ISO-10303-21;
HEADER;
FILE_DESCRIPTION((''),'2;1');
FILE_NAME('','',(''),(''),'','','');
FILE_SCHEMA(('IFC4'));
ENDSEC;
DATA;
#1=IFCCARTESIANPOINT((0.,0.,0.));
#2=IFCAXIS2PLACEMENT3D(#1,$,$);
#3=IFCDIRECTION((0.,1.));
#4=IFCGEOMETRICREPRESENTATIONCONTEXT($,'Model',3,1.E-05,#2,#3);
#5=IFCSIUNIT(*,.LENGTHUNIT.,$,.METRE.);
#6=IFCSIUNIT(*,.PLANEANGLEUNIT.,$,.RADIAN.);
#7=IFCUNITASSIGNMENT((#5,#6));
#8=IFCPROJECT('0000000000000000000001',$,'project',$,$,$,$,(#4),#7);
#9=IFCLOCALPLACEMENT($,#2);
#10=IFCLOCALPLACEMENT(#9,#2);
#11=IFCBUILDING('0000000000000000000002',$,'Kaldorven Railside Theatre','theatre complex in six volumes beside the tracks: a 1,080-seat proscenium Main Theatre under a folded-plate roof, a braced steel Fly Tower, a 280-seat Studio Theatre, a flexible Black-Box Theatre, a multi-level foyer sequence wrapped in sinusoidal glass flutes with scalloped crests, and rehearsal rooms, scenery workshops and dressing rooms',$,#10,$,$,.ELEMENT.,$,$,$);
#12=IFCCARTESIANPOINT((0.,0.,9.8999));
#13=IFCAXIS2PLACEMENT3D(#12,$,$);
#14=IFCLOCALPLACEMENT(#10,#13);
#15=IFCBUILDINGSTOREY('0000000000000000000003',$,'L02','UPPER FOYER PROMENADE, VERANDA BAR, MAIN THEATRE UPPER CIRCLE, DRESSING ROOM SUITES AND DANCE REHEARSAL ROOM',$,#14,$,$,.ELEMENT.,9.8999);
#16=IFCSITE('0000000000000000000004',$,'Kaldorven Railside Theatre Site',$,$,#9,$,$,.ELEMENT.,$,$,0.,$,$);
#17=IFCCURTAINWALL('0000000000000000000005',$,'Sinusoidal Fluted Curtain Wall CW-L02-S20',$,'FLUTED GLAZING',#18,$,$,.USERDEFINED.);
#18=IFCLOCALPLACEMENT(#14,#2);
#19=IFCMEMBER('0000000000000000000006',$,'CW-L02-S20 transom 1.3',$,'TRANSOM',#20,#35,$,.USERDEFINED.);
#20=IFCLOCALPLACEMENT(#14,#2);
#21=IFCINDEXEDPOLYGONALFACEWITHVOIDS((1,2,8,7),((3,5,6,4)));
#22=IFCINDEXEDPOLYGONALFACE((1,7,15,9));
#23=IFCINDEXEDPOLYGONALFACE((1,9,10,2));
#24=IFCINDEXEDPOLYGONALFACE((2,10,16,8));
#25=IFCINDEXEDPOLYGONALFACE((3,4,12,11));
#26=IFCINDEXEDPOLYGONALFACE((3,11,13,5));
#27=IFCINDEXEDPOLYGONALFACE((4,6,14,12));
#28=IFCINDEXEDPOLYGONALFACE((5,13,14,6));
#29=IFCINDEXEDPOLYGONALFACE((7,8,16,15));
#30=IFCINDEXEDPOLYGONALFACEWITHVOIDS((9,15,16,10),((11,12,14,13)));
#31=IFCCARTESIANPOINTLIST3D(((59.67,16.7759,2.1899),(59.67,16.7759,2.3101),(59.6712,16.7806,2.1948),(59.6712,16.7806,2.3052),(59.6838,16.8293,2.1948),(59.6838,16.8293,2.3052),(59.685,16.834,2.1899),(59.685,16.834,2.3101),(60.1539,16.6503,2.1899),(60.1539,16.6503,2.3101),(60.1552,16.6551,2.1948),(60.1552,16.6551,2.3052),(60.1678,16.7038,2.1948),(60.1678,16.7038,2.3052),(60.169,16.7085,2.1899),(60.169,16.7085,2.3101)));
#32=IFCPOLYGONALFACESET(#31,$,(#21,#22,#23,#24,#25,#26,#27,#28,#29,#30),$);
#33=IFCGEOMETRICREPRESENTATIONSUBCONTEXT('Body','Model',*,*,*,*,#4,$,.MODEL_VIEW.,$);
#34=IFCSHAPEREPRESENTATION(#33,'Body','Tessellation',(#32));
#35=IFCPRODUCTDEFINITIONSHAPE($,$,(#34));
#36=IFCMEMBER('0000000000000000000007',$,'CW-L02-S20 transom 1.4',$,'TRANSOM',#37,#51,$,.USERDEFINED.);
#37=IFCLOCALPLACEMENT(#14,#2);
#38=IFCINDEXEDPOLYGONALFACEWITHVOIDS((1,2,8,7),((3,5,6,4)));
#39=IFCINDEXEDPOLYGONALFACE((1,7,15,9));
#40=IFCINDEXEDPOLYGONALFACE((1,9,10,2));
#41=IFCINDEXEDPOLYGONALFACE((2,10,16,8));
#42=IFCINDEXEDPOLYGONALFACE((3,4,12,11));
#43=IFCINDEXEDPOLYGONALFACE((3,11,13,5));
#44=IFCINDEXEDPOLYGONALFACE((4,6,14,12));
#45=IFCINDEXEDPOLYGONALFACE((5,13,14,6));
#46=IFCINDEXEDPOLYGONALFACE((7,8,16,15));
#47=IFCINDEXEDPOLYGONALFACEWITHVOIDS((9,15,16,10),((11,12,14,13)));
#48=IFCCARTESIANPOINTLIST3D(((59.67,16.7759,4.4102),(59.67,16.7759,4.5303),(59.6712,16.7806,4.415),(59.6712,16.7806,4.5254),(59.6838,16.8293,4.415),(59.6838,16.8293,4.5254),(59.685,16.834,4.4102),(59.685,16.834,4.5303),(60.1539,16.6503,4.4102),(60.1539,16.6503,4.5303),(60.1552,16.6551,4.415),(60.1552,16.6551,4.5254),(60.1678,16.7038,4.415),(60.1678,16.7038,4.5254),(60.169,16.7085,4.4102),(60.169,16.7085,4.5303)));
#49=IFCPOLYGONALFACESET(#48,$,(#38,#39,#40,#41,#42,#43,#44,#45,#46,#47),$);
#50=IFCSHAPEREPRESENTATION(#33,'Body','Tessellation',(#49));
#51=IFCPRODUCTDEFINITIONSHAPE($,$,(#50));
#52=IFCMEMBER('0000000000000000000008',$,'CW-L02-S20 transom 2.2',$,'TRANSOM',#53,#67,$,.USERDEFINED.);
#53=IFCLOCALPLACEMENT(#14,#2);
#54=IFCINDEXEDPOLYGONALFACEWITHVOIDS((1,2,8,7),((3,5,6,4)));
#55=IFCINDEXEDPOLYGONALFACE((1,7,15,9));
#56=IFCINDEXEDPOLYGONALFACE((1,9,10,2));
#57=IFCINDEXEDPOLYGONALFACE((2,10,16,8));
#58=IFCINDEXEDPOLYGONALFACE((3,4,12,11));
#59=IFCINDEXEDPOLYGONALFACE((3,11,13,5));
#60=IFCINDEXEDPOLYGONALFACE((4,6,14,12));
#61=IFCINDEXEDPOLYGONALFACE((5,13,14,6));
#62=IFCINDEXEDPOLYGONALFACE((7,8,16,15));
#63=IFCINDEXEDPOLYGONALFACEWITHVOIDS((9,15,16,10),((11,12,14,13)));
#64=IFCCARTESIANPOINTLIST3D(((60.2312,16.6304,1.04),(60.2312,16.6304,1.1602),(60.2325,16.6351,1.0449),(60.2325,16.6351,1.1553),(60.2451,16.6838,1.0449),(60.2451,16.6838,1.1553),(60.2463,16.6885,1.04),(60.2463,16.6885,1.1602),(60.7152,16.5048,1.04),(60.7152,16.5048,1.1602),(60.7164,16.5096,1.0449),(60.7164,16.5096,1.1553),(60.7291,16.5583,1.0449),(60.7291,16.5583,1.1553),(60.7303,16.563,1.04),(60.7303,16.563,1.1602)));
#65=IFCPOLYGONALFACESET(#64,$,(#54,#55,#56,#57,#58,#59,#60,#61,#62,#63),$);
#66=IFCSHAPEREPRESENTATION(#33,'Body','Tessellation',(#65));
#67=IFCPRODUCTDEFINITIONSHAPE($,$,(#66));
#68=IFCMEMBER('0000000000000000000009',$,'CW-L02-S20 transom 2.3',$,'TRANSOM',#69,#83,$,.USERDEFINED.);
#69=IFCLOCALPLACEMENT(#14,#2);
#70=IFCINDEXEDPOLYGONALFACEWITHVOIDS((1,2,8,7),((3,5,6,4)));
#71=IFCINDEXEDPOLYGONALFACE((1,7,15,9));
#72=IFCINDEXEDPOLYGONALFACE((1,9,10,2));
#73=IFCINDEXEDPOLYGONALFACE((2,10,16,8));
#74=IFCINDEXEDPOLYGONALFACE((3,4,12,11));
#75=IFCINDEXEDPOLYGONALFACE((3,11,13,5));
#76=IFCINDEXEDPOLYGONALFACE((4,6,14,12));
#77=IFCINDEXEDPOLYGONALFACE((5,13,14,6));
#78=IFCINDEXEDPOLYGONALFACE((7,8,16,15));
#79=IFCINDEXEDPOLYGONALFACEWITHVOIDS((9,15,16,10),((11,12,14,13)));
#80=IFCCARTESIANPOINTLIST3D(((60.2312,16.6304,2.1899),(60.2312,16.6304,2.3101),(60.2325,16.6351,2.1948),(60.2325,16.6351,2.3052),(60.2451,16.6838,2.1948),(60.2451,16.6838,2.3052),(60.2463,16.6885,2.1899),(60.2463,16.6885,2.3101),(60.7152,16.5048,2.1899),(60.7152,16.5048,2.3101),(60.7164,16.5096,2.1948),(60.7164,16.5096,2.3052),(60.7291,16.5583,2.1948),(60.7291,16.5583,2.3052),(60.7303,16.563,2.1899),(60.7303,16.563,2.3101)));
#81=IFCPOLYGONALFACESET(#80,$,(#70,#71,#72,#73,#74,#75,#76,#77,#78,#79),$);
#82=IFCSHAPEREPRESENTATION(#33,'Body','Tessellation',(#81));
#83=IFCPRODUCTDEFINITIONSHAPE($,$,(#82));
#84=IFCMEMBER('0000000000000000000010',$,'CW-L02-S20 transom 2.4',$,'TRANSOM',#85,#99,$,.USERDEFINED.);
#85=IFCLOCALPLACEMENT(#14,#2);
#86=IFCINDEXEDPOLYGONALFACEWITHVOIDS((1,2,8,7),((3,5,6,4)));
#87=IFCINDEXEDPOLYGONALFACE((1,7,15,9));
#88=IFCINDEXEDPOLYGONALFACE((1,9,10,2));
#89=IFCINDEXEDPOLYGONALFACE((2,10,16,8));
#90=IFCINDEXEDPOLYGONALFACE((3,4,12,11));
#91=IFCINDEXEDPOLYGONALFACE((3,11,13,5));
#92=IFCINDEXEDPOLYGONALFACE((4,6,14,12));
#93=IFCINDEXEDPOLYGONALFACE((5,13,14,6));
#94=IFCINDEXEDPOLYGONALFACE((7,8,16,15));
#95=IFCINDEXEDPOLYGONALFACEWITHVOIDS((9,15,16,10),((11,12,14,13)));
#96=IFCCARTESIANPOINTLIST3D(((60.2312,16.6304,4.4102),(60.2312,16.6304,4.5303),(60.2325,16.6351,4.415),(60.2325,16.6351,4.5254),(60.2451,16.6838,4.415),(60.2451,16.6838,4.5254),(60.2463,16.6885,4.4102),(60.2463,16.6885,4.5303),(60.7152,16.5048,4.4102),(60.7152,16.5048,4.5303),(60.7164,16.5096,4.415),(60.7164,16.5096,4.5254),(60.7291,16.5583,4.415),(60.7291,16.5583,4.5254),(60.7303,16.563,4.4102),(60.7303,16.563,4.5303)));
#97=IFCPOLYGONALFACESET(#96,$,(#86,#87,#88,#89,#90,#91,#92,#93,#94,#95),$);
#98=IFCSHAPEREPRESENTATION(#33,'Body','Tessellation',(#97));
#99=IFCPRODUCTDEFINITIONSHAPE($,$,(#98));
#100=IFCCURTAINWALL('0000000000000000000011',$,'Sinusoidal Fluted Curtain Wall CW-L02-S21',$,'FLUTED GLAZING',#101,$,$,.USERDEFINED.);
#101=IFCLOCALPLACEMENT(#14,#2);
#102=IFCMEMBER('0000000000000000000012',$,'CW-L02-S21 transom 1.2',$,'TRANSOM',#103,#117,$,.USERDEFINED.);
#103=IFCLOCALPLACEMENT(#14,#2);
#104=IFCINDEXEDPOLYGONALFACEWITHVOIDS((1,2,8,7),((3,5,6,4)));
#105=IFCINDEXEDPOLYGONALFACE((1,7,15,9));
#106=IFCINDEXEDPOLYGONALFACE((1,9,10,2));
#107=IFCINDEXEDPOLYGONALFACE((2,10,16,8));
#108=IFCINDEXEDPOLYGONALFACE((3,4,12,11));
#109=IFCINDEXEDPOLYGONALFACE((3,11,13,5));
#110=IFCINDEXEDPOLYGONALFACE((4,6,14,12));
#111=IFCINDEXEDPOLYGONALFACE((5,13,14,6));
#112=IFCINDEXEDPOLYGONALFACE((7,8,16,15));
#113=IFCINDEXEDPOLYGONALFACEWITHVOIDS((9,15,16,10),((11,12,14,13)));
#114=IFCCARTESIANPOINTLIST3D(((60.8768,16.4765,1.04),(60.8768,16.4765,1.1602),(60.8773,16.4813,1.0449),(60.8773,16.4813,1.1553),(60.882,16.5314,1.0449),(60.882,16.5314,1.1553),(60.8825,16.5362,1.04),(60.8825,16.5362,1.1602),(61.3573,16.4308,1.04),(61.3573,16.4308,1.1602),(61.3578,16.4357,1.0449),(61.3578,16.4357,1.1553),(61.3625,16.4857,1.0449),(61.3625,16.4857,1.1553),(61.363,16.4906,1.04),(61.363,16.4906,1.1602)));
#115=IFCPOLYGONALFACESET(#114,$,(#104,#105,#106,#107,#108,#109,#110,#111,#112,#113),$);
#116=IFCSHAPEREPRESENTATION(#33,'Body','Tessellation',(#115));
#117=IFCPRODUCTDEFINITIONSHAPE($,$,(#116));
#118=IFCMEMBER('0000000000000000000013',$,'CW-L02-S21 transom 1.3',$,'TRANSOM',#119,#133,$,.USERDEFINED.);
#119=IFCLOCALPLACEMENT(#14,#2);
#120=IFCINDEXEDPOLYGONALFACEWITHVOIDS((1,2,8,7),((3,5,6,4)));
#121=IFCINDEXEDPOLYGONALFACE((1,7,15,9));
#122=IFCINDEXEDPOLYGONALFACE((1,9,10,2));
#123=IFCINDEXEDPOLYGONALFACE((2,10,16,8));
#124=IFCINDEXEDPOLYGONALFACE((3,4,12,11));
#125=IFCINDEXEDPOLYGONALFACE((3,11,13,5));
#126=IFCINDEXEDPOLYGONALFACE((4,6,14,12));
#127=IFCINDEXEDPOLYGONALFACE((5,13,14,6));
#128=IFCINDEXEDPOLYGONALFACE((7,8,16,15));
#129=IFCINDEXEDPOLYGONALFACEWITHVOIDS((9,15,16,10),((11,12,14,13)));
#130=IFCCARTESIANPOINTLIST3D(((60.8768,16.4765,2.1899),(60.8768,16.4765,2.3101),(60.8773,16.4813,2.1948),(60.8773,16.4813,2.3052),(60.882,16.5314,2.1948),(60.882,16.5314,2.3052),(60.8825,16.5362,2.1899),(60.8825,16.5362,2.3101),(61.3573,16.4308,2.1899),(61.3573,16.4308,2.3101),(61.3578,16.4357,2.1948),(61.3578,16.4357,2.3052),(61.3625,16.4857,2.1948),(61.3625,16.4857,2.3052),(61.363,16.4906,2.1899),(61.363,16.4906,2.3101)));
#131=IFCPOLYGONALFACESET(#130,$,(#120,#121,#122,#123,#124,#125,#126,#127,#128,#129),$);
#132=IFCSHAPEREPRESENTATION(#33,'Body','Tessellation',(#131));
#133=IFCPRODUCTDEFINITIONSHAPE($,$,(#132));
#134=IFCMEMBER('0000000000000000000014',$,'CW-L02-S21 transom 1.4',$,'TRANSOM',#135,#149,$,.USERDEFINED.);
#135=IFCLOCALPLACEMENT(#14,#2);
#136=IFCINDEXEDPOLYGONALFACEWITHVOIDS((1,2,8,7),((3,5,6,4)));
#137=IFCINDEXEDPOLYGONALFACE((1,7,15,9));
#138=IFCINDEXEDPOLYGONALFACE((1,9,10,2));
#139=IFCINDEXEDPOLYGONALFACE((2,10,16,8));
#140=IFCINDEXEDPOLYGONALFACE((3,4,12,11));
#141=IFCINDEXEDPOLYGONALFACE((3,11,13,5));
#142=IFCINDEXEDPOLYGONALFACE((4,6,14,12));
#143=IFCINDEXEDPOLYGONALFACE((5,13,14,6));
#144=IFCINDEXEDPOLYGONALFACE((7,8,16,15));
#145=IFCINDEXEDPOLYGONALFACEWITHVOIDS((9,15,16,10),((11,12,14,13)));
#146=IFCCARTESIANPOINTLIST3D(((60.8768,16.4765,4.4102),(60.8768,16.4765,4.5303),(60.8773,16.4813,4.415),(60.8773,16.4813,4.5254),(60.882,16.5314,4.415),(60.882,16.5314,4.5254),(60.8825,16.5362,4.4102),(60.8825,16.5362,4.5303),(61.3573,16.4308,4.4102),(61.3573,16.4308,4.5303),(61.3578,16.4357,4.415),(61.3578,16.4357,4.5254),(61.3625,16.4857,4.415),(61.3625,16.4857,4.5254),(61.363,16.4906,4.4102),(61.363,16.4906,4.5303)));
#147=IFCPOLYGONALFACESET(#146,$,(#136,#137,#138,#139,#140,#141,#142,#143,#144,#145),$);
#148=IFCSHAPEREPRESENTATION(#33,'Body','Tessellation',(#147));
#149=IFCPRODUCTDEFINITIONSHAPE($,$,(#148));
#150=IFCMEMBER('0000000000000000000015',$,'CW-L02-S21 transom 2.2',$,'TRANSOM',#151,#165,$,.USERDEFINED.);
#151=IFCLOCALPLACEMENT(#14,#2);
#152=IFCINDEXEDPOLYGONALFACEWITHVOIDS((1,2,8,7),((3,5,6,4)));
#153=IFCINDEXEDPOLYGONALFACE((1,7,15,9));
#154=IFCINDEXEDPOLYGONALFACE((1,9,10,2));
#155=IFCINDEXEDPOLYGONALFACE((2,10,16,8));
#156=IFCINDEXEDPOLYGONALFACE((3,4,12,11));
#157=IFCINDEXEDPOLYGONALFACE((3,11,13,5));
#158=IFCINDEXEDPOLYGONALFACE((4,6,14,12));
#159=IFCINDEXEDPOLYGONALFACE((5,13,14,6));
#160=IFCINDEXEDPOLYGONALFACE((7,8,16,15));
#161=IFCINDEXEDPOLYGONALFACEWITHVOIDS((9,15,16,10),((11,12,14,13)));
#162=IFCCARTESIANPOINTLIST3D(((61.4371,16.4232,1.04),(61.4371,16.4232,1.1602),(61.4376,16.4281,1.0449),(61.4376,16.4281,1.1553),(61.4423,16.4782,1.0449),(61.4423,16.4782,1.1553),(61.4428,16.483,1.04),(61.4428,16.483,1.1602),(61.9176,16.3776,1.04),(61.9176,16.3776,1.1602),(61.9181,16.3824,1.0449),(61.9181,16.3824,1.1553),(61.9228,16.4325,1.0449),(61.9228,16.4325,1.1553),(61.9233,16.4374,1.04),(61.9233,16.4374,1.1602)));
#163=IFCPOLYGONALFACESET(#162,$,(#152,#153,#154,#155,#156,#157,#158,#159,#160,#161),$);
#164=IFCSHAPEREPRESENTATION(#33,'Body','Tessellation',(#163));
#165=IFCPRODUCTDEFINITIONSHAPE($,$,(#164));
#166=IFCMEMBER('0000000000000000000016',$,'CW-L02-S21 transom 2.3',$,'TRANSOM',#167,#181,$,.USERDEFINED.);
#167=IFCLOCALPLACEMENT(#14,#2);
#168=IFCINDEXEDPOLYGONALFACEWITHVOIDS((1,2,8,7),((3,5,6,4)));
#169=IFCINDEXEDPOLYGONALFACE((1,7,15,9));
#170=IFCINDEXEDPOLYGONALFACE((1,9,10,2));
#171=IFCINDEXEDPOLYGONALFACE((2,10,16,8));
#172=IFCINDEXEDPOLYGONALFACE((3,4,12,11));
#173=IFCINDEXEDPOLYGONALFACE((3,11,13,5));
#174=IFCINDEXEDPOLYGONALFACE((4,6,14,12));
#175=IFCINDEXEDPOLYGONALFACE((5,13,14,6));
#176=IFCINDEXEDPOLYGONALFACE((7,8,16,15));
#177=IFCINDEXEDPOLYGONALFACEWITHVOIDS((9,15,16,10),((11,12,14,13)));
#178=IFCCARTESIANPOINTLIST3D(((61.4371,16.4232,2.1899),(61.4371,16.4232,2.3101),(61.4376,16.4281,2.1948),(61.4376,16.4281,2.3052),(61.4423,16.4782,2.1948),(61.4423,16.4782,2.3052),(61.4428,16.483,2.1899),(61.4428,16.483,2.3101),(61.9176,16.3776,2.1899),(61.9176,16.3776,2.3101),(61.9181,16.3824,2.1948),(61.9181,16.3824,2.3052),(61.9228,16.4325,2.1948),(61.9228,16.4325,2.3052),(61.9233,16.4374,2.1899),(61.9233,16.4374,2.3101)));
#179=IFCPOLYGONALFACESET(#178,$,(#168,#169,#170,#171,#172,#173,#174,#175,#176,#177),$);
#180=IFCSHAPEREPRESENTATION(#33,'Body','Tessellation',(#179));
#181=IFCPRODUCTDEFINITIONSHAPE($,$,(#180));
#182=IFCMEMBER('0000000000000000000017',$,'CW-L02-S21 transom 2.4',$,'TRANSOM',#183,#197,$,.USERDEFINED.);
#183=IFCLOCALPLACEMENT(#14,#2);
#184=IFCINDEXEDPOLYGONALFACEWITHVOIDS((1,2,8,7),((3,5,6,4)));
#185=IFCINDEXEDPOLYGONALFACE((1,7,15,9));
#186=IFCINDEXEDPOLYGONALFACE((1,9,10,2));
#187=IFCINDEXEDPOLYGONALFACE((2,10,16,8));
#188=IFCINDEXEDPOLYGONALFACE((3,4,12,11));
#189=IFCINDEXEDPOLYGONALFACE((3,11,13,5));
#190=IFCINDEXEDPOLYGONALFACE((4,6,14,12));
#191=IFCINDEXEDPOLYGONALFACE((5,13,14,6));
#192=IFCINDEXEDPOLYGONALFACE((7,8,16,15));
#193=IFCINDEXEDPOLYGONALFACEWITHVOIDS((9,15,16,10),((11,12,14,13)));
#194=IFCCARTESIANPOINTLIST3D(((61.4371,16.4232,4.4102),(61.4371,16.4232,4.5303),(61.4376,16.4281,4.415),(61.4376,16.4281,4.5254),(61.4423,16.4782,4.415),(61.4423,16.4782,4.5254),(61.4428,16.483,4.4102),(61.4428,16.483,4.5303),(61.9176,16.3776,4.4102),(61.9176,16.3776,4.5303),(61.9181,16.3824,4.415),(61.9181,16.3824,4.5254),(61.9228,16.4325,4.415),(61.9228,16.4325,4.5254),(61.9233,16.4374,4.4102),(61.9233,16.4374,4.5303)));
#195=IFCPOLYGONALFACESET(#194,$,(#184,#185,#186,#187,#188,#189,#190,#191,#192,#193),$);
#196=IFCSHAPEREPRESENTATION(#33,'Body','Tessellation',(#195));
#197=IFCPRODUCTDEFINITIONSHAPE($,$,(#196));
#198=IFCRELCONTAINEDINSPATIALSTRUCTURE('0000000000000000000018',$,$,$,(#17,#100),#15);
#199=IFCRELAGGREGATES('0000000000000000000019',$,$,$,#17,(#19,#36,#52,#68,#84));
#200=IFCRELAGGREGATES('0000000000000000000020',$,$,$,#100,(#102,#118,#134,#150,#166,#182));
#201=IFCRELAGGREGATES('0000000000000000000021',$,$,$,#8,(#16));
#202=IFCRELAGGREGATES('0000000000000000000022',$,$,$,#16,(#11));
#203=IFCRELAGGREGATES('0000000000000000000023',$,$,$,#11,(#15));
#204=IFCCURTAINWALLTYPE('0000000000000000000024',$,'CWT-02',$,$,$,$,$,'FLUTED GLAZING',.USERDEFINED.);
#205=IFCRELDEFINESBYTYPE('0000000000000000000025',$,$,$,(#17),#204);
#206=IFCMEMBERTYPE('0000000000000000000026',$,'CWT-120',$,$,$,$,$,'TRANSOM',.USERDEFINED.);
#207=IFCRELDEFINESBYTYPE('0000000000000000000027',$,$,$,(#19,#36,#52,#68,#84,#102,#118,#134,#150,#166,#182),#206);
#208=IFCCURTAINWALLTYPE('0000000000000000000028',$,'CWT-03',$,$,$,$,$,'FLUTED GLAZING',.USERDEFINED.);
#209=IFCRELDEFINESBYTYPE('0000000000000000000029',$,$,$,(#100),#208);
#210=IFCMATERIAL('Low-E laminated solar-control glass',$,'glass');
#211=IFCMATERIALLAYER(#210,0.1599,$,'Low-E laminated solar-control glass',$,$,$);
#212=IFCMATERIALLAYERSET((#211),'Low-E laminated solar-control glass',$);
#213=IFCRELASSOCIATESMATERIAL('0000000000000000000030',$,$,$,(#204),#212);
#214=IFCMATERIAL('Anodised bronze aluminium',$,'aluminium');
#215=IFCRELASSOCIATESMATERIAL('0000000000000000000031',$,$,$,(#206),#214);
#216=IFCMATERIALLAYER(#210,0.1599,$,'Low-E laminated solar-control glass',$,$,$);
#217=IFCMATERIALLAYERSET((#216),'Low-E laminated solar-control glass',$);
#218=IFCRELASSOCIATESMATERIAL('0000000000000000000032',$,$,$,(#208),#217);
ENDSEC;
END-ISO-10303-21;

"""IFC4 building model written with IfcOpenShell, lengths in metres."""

from ifc_helpers import new_model, si_unit, direction, frame, origin, origin_2d, place, context, subcontext, project, spatial, hollow_rectangle, extrude, material, layer, layer_set, material_profile, profile_set, type_object, element, aggregate, save


model = new_model("IFC4")

# Units and contexts
model_context = context("Model", 3, precision=1e-05, world=origin(), true_north=direction((0.0, 1.0)))
body_context = subcontext(model_context, "Body", "Model", "MODEL_VIEW")
ifc_project = project(units=[si_unit("LENGTHUNIT", "METRE"), si_unit("PLANEANGLEUNIT", "RADIAN")], contexts=[model_context])

# Site, building, storey
site_placement = place(None, origin())
site = spatial("IfcSite", under=ifc_project, at=site_placement, Name="Kaldorven Railside Theatre Site", CompositionType="ELEMENT", RefElevation=0.0)
building_placement = place(site_placement, origin())
building = spatial("IfcBuilding", under=site, at=building_placement, Name="Kaldorven Railside Theatre", Description="theatre complex in six volumes beside the tracks: a 1,080-seat proscenium Main Theatre under a folded-plate roof, a braced steel Fly Tower, a 280-seat Studio Theatre, a flexible Black-Box Theatre, a multi-level foyer sequence wrapped in sinusoidal glass flutes with scalloped crests, and rehearsal rooms, scenery workshops and dressing rooms", CompositionType="ELEMENT")
storey_placement = place(building_placement, frame((0.0, 0.0, 9.8999)))
storey = spatial("IfcBuildingStorey", under=building, at=storey_placement, Name="L02", Description="UPPER FOYER PROMENADE, VERANDA BAR, MAIN THEATRE UPPER CIRCLE, DRESSING ROOM SUITES AND DANCE REHEARSAL ROOM", CompositionType="ELEMENT", Elevation=9.8999)

# Curtain walls, members
ifc_material_1 = material(Name="Low-E laminated solar-control glass", Category="glass")
ifc_layer_1 = layer(ifc_material_1, 0.1599, Name="Low-E laminated solar-control glass")
ifc_layer_set_1 = layer_set([ifc_layer_1], Name="Low-E laminated solar-control glass")
curtain_wall_type_1 = type_object("IfcCurtainWallType", Name="CWT-02", ElementType="FLUTED GLAZING", PredefinedType="USERDEFINED", material=ifc_layer_set_1)
curtain_wall_1_placement = place(storey_placement, origin())
curtain_wall_1 = element("IfcCurtainWall", 1, at=curtain_wall_1_placement, inside=storey, type_object=curtain_wall_type_1, Name="Sinusoidal Fluted Curtain Wall CW-L02-S20", ObjectType="FLUTED GLAZING", PredefinedType="USERDEFINED")
ifc_material_2 = material(Name="Anodised bronze aluminium", Category="aluminium")
ifc_material_profile = material_profile(ifc_material_2, hollow_rectangle(XDim=0.0601, YDim=0.1201, WallThickness=0.0049, at=origin_2d()), Name="RHS 120x60x5")
ifc_profile_set = profile_set([ifc_material_profile], Name="Anodised bronze aluminium")
member_type = type_object("IfcMemberType", Name="CWT-120", ElementType="TRANSOM", PredefinedType="USERDEFINED", material=ifc_profile_set)
member_1_placement = place(storey_placement, frame((59.6775, 16.8049, 2.25), z_axis=(0.967979, -0.25103, 0.0), x_axis=(0.25103, 0.967979, 0.0)))
member_1 = element("IfcMember", 2, at=member_1_placement, type_object=member_type, Name="CW-L02-S20 transom 1.3", ObjectType="TRANSOM", PredefinedType="USERDEFINED", context=body_context, shape_type="SweptSolid", body=[
    extrude(hollow_rectangle(XDim=0.0601, YDim=0.1201, WallThickness=0.0049, at=origin_2d()), origin(), (0.0, 0.0, 1.0), 0.5),
])
member_2_placement = place(storey_placement, frame((59.6775, 16.8049, 4.4702), z_axis=(0.967979, -0.25103, 0.0), x_axis=(0.25103, 0.967979, 0.0)))
member_2 = element("IfcMember", 3, at=member_2_placement, type_object=member_type, Name="CW-L02-S20 transom 1.4", ObjectType="TRANSOM", PredefinedType="USERDEFINED", context=body_context, shape_type="SweptSolid", body=[
    extrude(hollow_rectangle(XDim=0.0601, YDim=0.1201, WallThickness=0.0049, at=origin_2d()), origin(), (0.0, 0.0, 1.0), 0.5),
])
member_3_placement = place(storey_placement, frame((60.2388, 16.6594, 1.1001), z_axis=(0.967979, -0.25103, 0.0), x_axis=(0.25103, 0.967979, 0.0)))
member_3 = element("IfcMember", 4, at=member_3_placement, type_object=member_type, Name="CW-L02-S20 transom 2.2", ObjectType="TRANSOM", PredefinedType="USERDEFINED", context=body_context, shape_type="SweptSolid", body=[
    extrude(hollow_rectangle(XDim=0.0601, YDim=0.1201, WallThickness=0.0049, at=origin_2d()), origin(), (0.0, 0.0, 1.0), 0.5),
])
member_4_placement = place(storey_placement, frame((60.2388, 16.6594, 2.25), z_axis=(0.967979, -0.25103, 0.0), x_axis=(0.25103, 0.967979, 0.0)))
member_4 = element("IfcMember", 5, at=member_4_placement, type_object=member_type, Name="CW-L02-S20 transom 2.3", ObjectType="TRANSOM", PredefinedType="USERDEFINED", context=body_context, shape_type="SweptSolid", body=[
    extrude(hollow_rectangle(XDim=0.0601, YDim=0.1201, WallThickness=0.0049, at=origin_2d()), origin(), (0.0, 0.0, 1.0), 0.5),
])
member_5_placement = place(storey_placement, frame((60.2388, 16.6594, 4.4702), z_axis=(0.967979, -0.25103, 0.0), x_axis=(0.25103, 0.967979, 0.0)))
member_5 = element("IfcMember", 6, at=member_5_placement, type_object=member_type, Name="CW-L02-S20 transom 2.4", ObjectType="TRANSOM", PredefinedType="USERDEFINED", context=body_context, shape_type="SweptSolid", body=[
    extrude(hollow_rectangle(XDim=0.0601, YDim=0.1201, WallThickness=0.0049, at=origin_2d()), origin(), (0.0, 0.0, 1.0), 0.5),
])
ifc_layer_2 = layer(ifc_material_1, 0.1599, Name="Low-E laminated solar-control glass")
ifc_layer_set_2 = layer_set([ifc_layer_2], Name="Low-E laminated solar-control glass")
curtain_wall_type_2 = type_object("IfcCurtainWallType", Name="CWT-03", ElementType="FLUTED GLAZING", PredefinedType="USERDEFINED", material=ifc_layer_set_2)
curtain_wall_2_placement = place(storey_placement, origin())
curtain_wall_2 = element("IfcCurtainWall", 7, at=curtain_wall_2_placement, inside=storey, type_object=curtain_wall_type_2, Name="Sinusoidal Fluted Curtain Wall CW-L02-S21", ObjectType="FLUTED GLAZING", PredefinedType="USERDEFINED")
member_6_placement = place(storey_placement, frame((60.8796, 16.5063, 1.1001), z_axis=(0.995516, -0.094594, 0.0), x_axis=(0.094594, 0.995516, 0.0)))
member_6 = element("IfcMember", 8, at=member_6_placement, type_object=member_type, Name="CW-L02-S21 transom 1.2", ObjectType="TRANSOM", PredefinedType="USERDEFINED", context=body_context, shape_type="SweptSolid", body=[
    extrude(hollow_rectangle(XDim=0.0601, YDim=0.1201, WallThickness=0.0049, at=origin_2d()), origin(), (0.0, 0.0, 1.0), 0.4827),
])
member_7_placement = place(storey_placement, frame((60.8796, 16.5063, 2.25), z_axis=(0.995516, -0.094594, 0.0), x_axis=(0.094594, 0.995516, 0.0)))
member_7 = element("IfcMember", 9, at=member_7_placement, type_object=member_type, Name="CW-L02-S21 transom 1.3", ObjectType="TRANSOM", PredefinedType="USERDEFINED", context=body_context, shape_type="SweptSolid", body=[
    extrude(hollow_rectangle(XDim=0.0601, YDim=0.1201, WallThickness=0.0049, at=origin_2d()), origin(), (0.0, 0.0, 1.0), 0.4827),
])
member_8_placement = place(storey_placement, frame((60.8796, 16.5063, 4.4702), z_axis=(0.995516, -0.094594, 0.0), x_axis=(0.094594, 0.995516, 0.0)))
member_8 = element("IfcMember", 10, at=member_8_placement, type_object=member_type, Name="CW-L02-S21 transom 1.4", ObjectType="TRANSOM", PredefinedType="USERDEFINED", context=body_context, shape_type="SweptSolid", body=[
    extrude(hollow_rectangle(XDim=0.0601, YDim=0.1201, WallThickness=0.0049, at=origin_2d()), origin(), (0.0, 0.0, 1.0), 0.4827),
])
member_9_placement = place(storey_placement, frame((61.4399, 16.4531, 1.1001), z_axis=(0.995516, -0.094594, 0.0), x_axis=(0.094594, 0.995516, 0.0)))
member_9 = element("IfcMember", 11, at=member_9_placement, type_object=member_type, Name="CW-L02-S21 transom 2.2", ObjectType="TRANSOM", PredefinedType="USERDEFINED", context=body_context, shape_type="SweptSolid", body=[
    extrude(hollow_rectangle(XDim=0.0601, YDim=0.1201, WallThickness=0.0049, at=origin_2d()), origin(), (0.0, 0.0, 1.0), 0.4827),
])
member_10_placement = place(storey_placement, frame((61.4399, 16.4531, 2.25), z_axis=(0.995516, -0.094594, 0.0), x_axis=(0.094594, 0.995516, 0.0)))
member_10 = element("IfcMember", 12, at=member_10_placement, type_object=member_type, Name="CW-L02-S21 transom 2.3", ObjectType="TRANSOM", PredefinedType="USERDEFINED", context=body_context, shape_type="SweptSolid", body=[
    extrude(hollow_rectangle(XDim=0.0601, YDim=0.1201, WallThickness=0.0049, at=origin_2d()), origin(), (0.0, 0.0, 1.0), 0.4827),
])
member_11_placement = place(storey_placement, frame((61.4399, 16.4531, 4.4702), z_axis=(0.995516, -0.094594, 0.0), x_axis=(0.094594, 0.995516, 0.0)))
member_11 = element("IfcMember", 13, at=member_11_placement, type_object=member_type, Name="CW-L02-S21 transom 2.4", ObjectType="TRANSOM", PredefinedType="USERDEFINED", context=body_context, shape_type="SweptSolid", body=[
    extrude(hollow_rectangle(XDim=0.0601, YDim=0.1201, WallThickness=0.0049, at=origin_2d()), origin(), (0.0, 0.0, 1.0), 0.4827),
])

aggregate(curtain_wall_1, [member_1, member_2, member_3, member_4, member_5])
aggregate(curtain_wall_2, [member_6, member_7, member_8, member_9, member_10, member_11])

save(model, "model.ifc")
